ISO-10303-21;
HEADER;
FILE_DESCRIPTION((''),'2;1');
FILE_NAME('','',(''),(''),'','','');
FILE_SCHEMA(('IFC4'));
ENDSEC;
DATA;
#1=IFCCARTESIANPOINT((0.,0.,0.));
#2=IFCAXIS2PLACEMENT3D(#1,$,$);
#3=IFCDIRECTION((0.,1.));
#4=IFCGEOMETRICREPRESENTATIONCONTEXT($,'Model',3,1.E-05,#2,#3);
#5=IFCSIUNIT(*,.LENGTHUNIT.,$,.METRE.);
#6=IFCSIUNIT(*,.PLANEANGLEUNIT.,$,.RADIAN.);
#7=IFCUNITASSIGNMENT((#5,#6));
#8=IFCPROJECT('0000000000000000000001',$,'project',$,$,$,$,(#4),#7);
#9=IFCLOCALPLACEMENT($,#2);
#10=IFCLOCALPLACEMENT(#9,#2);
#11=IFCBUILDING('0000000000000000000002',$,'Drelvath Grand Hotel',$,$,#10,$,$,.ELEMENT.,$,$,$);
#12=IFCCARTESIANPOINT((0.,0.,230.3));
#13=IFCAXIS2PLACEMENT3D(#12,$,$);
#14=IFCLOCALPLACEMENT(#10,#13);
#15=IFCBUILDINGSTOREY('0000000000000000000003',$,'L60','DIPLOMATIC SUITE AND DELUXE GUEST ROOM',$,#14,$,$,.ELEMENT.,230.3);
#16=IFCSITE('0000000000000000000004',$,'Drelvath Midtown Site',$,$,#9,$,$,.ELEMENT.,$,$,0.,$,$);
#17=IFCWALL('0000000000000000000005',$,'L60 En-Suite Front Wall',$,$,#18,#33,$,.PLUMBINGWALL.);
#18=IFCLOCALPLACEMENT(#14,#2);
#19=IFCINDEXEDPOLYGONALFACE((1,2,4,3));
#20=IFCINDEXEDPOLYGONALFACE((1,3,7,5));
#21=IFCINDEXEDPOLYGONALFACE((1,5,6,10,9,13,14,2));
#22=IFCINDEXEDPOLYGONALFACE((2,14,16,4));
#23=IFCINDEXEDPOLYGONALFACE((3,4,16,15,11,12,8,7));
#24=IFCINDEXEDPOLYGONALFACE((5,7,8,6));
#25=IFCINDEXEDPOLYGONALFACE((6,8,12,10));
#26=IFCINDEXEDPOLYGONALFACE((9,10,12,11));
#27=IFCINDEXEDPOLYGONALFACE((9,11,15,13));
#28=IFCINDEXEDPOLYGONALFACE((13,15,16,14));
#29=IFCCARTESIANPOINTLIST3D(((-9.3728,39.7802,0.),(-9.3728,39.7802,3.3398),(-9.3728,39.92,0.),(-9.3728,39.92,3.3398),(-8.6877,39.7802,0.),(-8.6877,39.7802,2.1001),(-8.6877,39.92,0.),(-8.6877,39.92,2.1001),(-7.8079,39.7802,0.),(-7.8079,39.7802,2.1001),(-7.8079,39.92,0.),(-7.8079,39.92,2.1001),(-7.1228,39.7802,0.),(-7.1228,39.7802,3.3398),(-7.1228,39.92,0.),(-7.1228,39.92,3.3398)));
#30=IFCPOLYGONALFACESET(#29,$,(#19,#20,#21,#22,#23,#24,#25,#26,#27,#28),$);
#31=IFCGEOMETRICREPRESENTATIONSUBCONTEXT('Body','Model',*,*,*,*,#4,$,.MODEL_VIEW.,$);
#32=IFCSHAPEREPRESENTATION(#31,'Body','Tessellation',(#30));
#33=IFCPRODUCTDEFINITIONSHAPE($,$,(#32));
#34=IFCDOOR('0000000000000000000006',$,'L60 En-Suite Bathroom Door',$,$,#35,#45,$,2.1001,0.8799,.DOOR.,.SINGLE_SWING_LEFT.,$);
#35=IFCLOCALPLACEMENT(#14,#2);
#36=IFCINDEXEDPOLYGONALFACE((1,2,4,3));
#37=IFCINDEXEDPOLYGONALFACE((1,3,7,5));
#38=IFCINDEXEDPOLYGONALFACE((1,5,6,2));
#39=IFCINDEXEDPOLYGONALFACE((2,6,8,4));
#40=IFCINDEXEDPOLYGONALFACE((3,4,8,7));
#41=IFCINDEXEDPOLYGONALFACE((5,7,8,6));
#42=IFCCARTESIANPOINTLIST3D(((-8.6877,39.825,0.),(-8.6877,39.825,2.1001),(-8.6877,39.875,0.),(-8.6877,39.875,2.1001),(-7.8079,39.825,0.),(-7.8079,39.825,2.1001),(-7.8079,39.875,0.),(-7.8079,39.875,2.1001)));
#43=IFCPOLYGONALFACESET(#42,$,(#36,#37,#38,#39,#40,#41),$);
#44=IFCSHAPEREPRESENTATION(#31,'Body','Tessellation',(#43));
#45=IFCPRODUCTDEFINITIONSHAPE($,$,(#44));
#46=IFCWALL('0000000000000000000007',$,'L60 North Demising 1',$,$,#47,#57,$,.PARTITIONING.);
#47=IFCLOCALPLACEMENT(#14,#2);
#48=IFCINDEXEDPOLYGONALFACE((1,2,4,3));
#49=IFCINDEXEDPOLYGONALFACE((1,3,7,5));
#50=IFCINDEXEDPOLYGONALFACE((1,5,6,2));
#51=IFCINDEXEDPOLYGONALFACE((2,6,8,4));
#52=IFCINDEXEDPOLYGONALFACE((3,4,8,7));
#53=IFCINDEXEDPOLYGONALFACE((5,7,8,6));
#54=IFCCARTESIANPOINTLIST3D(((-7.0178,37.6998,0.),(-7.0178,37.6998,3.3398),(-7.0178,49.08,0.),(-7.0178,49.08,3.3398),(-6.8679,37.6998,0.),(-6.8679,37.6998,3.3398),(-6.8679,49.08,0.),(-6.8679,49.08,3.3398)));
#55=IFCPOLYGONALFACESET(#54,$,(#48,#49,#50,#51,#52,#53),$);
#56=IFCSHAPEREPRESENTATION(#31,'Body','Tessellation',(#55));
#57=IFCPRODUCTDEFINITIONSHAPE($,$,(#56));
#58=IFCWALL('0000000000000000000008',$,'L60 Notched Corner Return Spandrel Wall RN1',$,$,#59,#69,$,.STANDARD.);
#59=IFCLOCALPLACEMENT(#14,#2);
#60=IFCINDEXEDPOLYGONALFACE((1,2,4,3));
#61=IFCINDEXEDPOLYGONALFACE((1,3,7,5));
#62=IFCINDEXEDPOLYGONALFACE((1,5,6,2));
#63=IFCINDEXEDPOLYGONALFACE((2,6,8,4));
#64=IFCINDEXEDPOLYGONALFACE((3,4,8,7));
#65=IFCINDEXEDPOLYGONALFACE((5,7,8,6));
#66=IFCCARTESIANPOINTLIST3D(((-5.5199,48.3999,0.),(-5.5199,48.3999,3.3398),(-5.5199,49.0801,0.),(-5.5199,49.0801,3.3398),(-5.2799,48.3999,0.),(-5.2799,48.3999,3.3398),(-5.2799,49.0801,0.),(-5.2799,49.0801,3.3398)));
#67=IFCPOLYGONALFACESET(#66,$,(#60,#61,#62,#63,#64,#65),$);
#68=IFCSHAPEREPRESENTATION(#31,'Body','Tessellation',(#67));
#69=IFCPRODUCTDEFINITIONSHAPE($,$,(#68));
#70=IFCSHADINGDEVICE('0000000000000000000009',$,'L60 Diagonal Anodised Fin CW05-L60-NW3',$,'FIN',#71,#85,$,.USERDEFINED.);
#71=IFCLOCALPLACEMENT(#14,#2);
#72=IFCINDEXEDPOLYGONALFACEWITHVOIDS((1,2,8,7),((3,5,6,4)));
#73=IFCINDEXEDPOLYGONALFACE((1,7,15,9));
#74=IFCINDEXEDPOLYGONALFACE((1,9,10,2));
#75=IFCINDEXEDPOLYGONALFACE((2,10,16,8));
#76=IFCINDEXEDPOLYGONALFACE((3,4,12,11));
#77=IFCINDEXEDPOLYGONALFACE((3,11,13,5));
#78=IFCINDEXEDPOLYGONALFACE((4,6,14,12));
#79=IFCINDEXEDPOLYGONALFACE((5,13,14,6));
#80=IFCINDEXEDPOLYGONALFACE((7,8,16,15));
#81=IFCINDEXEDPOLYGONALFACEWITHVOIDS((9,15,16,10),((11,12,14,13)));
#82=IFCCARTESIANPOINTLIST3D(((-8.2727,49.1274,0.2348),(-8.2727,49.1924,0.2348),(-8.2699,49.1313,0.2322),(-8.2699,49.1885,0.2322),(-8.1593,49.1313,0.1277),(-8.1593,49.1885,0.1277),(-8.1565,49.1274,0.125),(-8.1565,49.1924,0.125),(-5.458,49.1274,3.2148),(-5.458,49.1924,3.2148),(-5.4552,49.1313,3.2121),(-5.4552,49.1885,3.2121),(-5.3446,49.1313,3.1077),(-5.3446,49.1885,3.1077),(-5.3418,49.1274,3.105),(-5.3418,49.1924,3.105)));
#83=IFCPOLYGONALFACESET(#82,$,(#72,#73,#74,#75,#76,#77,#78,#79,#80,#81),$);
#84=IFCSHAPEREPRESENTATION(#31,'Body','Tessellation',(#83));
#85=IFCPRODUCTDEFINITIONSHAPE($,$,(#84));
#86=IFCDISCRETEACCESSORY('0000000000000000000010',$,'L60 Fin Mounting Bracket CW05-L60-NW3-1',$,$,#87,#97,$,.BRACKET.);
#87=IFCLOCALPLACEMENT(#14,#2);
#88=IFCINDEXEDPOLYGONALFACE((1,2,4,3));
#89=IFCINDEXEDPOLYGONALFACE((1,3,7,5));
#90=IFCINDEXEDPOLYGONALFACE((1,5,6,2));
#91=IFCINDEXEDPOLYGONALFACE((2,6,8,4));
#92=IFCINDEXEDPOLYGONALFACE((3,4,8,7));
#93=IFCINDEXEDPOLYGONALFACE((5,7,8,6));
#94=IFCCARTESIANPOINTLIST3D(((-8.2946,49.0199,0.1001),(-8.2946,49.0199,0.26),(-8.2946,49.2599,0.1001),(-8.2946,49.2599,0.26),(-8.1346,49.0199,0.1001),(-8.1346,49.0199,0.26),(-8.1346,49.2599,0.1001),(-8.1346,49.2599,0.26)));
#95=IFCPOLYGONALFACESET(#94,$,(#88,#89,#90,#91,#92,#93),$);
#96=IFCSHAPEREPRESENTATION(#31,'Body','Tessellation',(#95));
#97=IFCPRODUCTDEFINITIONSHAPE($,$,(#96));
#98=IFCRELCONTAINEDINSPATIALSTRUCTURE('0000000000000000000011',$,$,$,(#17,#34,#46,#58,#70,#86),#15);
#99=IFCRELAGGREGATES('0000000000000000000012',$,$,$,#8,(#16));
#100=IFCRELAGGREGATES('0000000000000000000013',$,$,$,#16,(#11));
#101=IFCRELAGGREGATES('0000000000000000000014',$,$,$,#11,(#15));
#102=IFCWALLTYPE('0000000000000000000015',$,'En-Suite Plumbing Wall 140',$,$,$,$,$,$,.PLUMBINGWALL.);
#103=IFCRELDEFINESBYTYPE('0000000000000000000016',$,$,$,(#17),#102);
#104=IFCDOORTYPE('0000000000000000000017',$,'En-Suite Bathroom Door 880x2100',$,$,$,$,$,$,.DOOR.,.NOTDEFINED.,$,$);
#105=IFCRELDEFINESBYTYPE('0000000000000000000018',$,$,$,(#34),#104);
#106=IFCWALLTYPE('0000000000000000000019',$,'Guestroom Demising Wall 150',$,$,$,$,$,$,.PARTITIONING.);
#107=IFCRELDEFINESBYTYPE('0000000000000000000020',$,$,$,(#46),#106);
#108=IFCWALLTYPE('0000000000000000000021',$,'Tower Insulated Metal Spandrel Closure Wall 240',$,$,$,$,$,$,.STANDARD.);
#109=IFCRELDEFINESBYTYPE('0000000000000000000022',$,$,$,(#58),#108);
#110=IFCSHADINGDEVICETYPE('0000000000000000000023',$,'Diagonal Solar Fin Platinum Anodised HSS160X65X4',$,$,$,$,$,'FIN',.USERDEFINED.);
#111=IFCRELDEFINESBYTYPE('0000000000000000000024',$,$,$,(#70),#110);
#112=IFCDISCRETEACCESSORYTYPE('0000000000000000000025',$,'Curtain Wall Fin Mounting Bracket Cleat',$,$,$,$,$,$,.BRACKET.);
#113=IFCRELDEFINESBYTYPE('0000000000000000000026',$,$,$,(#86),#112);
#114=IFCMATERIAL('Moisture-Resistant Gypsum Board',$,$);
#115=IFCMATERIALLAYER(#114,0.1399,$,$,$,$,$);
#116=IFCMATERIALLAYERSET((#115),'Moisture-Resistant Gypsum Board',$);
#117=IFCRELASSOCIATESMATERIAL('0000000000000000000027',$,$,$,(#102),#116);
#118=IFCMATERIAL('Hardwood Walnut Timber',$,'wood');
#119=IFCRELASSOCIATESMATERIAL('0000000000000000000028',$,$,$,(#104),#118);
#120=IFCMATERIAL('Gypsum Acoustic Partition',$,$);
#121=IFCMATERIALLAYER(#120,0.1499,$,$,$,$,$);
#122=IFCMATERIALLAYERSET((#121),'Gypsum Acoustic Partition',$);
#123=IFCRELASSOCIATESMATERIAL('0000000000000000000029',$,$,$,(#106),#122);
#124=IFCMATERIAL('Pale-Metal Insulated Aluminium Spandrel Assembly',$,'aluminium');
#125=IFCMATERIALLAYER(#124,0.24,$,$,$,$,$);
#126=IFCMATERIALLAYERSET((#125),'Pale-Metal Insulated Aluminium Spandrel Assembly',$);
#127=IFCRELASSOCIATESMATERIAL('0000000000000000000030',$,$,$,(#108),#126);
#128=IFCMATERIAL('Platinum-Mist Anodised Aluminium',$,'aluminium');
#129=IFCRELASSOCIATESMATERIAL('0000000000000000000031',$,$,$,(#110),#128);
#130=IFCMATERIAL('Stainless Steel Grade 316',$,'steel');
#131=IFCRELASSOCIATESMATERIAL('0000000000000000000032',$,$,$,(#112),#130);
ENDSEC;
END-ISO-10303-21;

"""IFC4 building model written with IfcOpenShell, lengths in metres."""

from ifc_helpers import new_model, si_unit, direction, frame, frame_2d, origin, origin_2d, place, context, subcontext, project, spatial, rectangle, hollow_rectangle, extrude, material, layer, layer_set, material_profile, profile_set, type_object, element, fill, save


model = new_model("IFC4")

# Units and contexts
model_context = context("Model", 3, precision=1e-05, world=origin(), true_north=direction((0.0, 1.0)))
body_context = subcontext(model_context, "Body", "Model", "MODEL_VIEW")
ifc_project = project(units=[si_unit("LENGTHUNIT", "METRE"), si_unit("PLANEANGLEUNIT", "RADIAN")], contexts=[model_context])

# Site, building, storey
site_placement = place(None, origin())
site = spatial("IfcSite", under=ifc_project, at=site_placement, Name="Drelvath Midtown Site", CompositionType="ELEMENT", RefElevation=0.0)
building_placement = place(site_placement, origin())
building = spatial("IfcBuilding", under=site, at=building_placement, Name="Drelvath Grand Hotel", CompositionType="ELEMENT")
storey_placement = place(building_placement, frame((0.0, 0.0, 230.3)))
storey = spatial("IfcBuildingStorey", under=building, at=storey_placement, Name="L60", Description="DIPLOMATIC SUITE AND DELUXE GUEST ROOM", CompositionType="ELEMENT", Elevation=230.3)

# Shared definitions
ifc_material_1 = material(Name="Moisture-Resistant Gypsum Board")
ifc_layer_1 = layer(ifc_material_1, 0.1399)
ifc_layer_set_1 = layer_set([ifc_layer_1], Name="Moisture-Resistant Gypsum Board")
wall_type_1 = type_object("IfcWallType", Name="En-Suite Plumbing Wall 140", PredefinedType="PLUMBINGWALL", material=ifc_layer_set_1)

# Wall, opening, door
wall_1_placement = place(storey_placement, frame((-9.3728, 39.8501, 0.0), z_axis=(0.0, 0.0, 1.0), x_axis=(1.0, 0.0, 0.0)))
wall_1 = element("IfcWall", 1, at=wall_1_placement, inside=storey, type_object=wall_type_1, Name="L60 En-Suite Front Wall", PredefinedType="PLUMBINGWALL", context=body_context, shape_type="SweptSolid", body=[
    extrude(rectangle(XDim=2.25, YDim=0.1399, at=frame_2d((1.125, 0.0))), origin(), (0.0, 0.0, 1.0), 3.3398),
])
opening_placement = place(wall_1_placement, frame((0.6851, 0.0, 0.0)))
opening = element("IfcOpeningElement", 2, at=opening_placement, cuts=wall_1, PredefinedType="OPENING", context=body_context, shape_type="SweptSolid", body=[
    extrude(rectangle(XDim=0.8799, YDim=2.1001, at=frame_2d((0.4399, 1.05))), frame((0.0, 0.0798, 0.0), z_axis=(0.0, -1.0, 0.0), x_axis=(1.0, 0.0, 0.0)), (0.0, 0.0, 1.0), 0.1599),
])
ifc_material_2 = material(Name="Hardwood Walnut Timber", Category="wood")
door_type = type_object("IfcDoorType", Name="En-Suite Bathroom Door 880x2100", OperationType="NOTDEFINED", PredefinedType="DOOR", material=ifc_material_2)
door_placement = place(opening_placement, origin())
door = element("IfcDoor", 3, at=door_placement, inside=storey, type_object=door_type, Name="L60 En-Suite Bathroom Door", OperationType="SINGLE_SWING_LEFT", OverallHeight=2.1001, OverallWidth=0.8799, PredefinedType="DOOR", context=body_context, shape_type="SweptSolid", body=[
    extrude(rectangle(XDim=0.8799, YDim=2.1001, at=frame_2d((0.4399, 1.05))), frame((0.0, 0.0249, 0.0), z_axis=(0.0, -1.0, 0.0), x_axis=(1.0, 0.0, 0.0)), (0.0, 0.0, 1.0), 0.05),
])
fill(opening, door)

# Walls
ifc_material_3 = material(Name="Gypsum Acoustic Partition")
ifc_layer_2 = layer(ifc_material_3, 0.1499)
ifc_layer_set_2 = layer_set([ifc_layer_2], Name="Gypsum Acoustic Partition")
wall_type_2 = type_object("IfcWallType", Name="Guestroom Demising Wall 150", PredefinedType="PARTITIONING", material=ifc_layer_set_2)
wall_2_placement = place(storey_placement, frame((-6.9429, 37.7, 0.0), z_axis=(0.0, 0.0, 1.0), x_axis=(0.0, 1.0, 0.0)))
element("IfcWall", 4, at=wall_2_placement, inside=storey, type_object=wall_type_2, Name="L60 North Demising 1", PredefinedType="PARTITIONING", context=body_context, shape_type="SweptSolid", body=[
    extrude(rectangle(XDim=11.3801, YDim=0.1499, at=frame_2d((5.6899, 0.0))), origin(), (0.0, 0.0, 1.0), 3.3398),
])
ifc_material_4 = material(Name="Pale-Metal Insulated Aluminium Spandrel Assembly", Category="aluminium")
ifc_layer_3 = layer(ifc_material_4, 0.24)
ifc_layer_set_3 = layer_set([ifc_layer_3], Name="Pale-Metal Insulated Aluminium Spandrel Assembly")
wall_type_3 = type_object("IfcWallType", Name="Tower Insulated Metal Spandrel Closure Wall 240", PredefinedType="STANDARD", material=ifc_layer_set_3)
wall_3_placement = place(storey_placement, frame((-5.3999, 49.0801, 0.0), z_axis=(0.0, 0.0, 1.0), x_axis=(0.0, -1.0, 0.0)))
element("IfcWall", 5, at=wall_3_placement, inside=storey, type_object=wall_type_3, Name="L60 Notched Corner Return Spandrel Wall RN1", PredefinedType="STANDARD", context=body_context, shape_type="SweptSolid", body=[
    extrude(rectangle(XDim=0.6802, YDim=0.24, at=frame_2d((0.3401, 0.0))), origin(), (0.0, 0.0, 1.0), 3.3398),
])

# Shading device
ifc_material_5 = material(Name="Platinum-Mist Anodised Aluminium", Category="aluminium")
ifc_material_profile_1 = material_profile(ifc_material_5, hollow_rectangle(XDim=0.0649, YDim=0.1599, WallThickness=0.0039, at=origin_2d()), Name="HSS160X65X4")
ifc_profile_set_1 = profile_set([ifc_material_profile_1], Name="Platinum-Mist Anodised Aluminium")
shading_device_type = type_object("IfcShadingDeviceType", Name="Diagonal Solar Fin Platinum Anodised HSS160X65X4", ElementType="FIN", PredefinedType="USERDEFINED", material=ifc_profile_set_1)
shading_device_placement = place(storey_placement, frame((-8.2146, 49.1599, 0.1799), z_axis=(0.686659, 0.0, 0.72698), x_axis=(0.0, 1.0, 0.0)))
element("IfcShadingDevice", 6, at=shading_device_placement, inside=storey, type_object=shading_device_type, Name="L60 Diagonal Anodised Fin CW05-L60-NW3", ObjectType="FIN", PredefinedType="USERDEFINED", context=body_context, shape_type="SweptSolid", body=[
    extrude(hollow_rectangle(XDim=0.0649, YDim=0.1599, WallThickness=0.0039, at=origin_2d()), origin(), (0.0, 0.0, 1.0), 4.0991),
])

# Discrete accessory
ifc_material_6 = material(Name="Stainless Steel Grade 316", Category="steel")
discrete_accessory_type = type_object("IfcDiscreteAccessoryType", Name="Curtain Wall Fin Mounting Bracket Cleat", PredefinedType="BRACKET", material=ifc_material_6)
discrete_accessory_placement = place(storey_placement, frame((-8.2146, 49.1399, 0.1001), z_axis=(0.0, 0.0, 1.0), x_axis=(1.0, 0.0, 0.0)))
element("IfcDiscreteAccessory", 7, at=discrete_accessory_placement, inside=storey, type_object=discrete_accessory_type, Name="L60 Fin Mounting Bracket CW05-L60-NW3-1", PredefinedType="BRACKET", context=body_context, shape_type="SweptSolid", body=[
    extrude(rectangle(XDim=0.1599, YDim=0.24, at=origin_2d()), origin(), (0.0, 0.0, 1.0), 0.1599),
])

save(model, "model.ifc")
